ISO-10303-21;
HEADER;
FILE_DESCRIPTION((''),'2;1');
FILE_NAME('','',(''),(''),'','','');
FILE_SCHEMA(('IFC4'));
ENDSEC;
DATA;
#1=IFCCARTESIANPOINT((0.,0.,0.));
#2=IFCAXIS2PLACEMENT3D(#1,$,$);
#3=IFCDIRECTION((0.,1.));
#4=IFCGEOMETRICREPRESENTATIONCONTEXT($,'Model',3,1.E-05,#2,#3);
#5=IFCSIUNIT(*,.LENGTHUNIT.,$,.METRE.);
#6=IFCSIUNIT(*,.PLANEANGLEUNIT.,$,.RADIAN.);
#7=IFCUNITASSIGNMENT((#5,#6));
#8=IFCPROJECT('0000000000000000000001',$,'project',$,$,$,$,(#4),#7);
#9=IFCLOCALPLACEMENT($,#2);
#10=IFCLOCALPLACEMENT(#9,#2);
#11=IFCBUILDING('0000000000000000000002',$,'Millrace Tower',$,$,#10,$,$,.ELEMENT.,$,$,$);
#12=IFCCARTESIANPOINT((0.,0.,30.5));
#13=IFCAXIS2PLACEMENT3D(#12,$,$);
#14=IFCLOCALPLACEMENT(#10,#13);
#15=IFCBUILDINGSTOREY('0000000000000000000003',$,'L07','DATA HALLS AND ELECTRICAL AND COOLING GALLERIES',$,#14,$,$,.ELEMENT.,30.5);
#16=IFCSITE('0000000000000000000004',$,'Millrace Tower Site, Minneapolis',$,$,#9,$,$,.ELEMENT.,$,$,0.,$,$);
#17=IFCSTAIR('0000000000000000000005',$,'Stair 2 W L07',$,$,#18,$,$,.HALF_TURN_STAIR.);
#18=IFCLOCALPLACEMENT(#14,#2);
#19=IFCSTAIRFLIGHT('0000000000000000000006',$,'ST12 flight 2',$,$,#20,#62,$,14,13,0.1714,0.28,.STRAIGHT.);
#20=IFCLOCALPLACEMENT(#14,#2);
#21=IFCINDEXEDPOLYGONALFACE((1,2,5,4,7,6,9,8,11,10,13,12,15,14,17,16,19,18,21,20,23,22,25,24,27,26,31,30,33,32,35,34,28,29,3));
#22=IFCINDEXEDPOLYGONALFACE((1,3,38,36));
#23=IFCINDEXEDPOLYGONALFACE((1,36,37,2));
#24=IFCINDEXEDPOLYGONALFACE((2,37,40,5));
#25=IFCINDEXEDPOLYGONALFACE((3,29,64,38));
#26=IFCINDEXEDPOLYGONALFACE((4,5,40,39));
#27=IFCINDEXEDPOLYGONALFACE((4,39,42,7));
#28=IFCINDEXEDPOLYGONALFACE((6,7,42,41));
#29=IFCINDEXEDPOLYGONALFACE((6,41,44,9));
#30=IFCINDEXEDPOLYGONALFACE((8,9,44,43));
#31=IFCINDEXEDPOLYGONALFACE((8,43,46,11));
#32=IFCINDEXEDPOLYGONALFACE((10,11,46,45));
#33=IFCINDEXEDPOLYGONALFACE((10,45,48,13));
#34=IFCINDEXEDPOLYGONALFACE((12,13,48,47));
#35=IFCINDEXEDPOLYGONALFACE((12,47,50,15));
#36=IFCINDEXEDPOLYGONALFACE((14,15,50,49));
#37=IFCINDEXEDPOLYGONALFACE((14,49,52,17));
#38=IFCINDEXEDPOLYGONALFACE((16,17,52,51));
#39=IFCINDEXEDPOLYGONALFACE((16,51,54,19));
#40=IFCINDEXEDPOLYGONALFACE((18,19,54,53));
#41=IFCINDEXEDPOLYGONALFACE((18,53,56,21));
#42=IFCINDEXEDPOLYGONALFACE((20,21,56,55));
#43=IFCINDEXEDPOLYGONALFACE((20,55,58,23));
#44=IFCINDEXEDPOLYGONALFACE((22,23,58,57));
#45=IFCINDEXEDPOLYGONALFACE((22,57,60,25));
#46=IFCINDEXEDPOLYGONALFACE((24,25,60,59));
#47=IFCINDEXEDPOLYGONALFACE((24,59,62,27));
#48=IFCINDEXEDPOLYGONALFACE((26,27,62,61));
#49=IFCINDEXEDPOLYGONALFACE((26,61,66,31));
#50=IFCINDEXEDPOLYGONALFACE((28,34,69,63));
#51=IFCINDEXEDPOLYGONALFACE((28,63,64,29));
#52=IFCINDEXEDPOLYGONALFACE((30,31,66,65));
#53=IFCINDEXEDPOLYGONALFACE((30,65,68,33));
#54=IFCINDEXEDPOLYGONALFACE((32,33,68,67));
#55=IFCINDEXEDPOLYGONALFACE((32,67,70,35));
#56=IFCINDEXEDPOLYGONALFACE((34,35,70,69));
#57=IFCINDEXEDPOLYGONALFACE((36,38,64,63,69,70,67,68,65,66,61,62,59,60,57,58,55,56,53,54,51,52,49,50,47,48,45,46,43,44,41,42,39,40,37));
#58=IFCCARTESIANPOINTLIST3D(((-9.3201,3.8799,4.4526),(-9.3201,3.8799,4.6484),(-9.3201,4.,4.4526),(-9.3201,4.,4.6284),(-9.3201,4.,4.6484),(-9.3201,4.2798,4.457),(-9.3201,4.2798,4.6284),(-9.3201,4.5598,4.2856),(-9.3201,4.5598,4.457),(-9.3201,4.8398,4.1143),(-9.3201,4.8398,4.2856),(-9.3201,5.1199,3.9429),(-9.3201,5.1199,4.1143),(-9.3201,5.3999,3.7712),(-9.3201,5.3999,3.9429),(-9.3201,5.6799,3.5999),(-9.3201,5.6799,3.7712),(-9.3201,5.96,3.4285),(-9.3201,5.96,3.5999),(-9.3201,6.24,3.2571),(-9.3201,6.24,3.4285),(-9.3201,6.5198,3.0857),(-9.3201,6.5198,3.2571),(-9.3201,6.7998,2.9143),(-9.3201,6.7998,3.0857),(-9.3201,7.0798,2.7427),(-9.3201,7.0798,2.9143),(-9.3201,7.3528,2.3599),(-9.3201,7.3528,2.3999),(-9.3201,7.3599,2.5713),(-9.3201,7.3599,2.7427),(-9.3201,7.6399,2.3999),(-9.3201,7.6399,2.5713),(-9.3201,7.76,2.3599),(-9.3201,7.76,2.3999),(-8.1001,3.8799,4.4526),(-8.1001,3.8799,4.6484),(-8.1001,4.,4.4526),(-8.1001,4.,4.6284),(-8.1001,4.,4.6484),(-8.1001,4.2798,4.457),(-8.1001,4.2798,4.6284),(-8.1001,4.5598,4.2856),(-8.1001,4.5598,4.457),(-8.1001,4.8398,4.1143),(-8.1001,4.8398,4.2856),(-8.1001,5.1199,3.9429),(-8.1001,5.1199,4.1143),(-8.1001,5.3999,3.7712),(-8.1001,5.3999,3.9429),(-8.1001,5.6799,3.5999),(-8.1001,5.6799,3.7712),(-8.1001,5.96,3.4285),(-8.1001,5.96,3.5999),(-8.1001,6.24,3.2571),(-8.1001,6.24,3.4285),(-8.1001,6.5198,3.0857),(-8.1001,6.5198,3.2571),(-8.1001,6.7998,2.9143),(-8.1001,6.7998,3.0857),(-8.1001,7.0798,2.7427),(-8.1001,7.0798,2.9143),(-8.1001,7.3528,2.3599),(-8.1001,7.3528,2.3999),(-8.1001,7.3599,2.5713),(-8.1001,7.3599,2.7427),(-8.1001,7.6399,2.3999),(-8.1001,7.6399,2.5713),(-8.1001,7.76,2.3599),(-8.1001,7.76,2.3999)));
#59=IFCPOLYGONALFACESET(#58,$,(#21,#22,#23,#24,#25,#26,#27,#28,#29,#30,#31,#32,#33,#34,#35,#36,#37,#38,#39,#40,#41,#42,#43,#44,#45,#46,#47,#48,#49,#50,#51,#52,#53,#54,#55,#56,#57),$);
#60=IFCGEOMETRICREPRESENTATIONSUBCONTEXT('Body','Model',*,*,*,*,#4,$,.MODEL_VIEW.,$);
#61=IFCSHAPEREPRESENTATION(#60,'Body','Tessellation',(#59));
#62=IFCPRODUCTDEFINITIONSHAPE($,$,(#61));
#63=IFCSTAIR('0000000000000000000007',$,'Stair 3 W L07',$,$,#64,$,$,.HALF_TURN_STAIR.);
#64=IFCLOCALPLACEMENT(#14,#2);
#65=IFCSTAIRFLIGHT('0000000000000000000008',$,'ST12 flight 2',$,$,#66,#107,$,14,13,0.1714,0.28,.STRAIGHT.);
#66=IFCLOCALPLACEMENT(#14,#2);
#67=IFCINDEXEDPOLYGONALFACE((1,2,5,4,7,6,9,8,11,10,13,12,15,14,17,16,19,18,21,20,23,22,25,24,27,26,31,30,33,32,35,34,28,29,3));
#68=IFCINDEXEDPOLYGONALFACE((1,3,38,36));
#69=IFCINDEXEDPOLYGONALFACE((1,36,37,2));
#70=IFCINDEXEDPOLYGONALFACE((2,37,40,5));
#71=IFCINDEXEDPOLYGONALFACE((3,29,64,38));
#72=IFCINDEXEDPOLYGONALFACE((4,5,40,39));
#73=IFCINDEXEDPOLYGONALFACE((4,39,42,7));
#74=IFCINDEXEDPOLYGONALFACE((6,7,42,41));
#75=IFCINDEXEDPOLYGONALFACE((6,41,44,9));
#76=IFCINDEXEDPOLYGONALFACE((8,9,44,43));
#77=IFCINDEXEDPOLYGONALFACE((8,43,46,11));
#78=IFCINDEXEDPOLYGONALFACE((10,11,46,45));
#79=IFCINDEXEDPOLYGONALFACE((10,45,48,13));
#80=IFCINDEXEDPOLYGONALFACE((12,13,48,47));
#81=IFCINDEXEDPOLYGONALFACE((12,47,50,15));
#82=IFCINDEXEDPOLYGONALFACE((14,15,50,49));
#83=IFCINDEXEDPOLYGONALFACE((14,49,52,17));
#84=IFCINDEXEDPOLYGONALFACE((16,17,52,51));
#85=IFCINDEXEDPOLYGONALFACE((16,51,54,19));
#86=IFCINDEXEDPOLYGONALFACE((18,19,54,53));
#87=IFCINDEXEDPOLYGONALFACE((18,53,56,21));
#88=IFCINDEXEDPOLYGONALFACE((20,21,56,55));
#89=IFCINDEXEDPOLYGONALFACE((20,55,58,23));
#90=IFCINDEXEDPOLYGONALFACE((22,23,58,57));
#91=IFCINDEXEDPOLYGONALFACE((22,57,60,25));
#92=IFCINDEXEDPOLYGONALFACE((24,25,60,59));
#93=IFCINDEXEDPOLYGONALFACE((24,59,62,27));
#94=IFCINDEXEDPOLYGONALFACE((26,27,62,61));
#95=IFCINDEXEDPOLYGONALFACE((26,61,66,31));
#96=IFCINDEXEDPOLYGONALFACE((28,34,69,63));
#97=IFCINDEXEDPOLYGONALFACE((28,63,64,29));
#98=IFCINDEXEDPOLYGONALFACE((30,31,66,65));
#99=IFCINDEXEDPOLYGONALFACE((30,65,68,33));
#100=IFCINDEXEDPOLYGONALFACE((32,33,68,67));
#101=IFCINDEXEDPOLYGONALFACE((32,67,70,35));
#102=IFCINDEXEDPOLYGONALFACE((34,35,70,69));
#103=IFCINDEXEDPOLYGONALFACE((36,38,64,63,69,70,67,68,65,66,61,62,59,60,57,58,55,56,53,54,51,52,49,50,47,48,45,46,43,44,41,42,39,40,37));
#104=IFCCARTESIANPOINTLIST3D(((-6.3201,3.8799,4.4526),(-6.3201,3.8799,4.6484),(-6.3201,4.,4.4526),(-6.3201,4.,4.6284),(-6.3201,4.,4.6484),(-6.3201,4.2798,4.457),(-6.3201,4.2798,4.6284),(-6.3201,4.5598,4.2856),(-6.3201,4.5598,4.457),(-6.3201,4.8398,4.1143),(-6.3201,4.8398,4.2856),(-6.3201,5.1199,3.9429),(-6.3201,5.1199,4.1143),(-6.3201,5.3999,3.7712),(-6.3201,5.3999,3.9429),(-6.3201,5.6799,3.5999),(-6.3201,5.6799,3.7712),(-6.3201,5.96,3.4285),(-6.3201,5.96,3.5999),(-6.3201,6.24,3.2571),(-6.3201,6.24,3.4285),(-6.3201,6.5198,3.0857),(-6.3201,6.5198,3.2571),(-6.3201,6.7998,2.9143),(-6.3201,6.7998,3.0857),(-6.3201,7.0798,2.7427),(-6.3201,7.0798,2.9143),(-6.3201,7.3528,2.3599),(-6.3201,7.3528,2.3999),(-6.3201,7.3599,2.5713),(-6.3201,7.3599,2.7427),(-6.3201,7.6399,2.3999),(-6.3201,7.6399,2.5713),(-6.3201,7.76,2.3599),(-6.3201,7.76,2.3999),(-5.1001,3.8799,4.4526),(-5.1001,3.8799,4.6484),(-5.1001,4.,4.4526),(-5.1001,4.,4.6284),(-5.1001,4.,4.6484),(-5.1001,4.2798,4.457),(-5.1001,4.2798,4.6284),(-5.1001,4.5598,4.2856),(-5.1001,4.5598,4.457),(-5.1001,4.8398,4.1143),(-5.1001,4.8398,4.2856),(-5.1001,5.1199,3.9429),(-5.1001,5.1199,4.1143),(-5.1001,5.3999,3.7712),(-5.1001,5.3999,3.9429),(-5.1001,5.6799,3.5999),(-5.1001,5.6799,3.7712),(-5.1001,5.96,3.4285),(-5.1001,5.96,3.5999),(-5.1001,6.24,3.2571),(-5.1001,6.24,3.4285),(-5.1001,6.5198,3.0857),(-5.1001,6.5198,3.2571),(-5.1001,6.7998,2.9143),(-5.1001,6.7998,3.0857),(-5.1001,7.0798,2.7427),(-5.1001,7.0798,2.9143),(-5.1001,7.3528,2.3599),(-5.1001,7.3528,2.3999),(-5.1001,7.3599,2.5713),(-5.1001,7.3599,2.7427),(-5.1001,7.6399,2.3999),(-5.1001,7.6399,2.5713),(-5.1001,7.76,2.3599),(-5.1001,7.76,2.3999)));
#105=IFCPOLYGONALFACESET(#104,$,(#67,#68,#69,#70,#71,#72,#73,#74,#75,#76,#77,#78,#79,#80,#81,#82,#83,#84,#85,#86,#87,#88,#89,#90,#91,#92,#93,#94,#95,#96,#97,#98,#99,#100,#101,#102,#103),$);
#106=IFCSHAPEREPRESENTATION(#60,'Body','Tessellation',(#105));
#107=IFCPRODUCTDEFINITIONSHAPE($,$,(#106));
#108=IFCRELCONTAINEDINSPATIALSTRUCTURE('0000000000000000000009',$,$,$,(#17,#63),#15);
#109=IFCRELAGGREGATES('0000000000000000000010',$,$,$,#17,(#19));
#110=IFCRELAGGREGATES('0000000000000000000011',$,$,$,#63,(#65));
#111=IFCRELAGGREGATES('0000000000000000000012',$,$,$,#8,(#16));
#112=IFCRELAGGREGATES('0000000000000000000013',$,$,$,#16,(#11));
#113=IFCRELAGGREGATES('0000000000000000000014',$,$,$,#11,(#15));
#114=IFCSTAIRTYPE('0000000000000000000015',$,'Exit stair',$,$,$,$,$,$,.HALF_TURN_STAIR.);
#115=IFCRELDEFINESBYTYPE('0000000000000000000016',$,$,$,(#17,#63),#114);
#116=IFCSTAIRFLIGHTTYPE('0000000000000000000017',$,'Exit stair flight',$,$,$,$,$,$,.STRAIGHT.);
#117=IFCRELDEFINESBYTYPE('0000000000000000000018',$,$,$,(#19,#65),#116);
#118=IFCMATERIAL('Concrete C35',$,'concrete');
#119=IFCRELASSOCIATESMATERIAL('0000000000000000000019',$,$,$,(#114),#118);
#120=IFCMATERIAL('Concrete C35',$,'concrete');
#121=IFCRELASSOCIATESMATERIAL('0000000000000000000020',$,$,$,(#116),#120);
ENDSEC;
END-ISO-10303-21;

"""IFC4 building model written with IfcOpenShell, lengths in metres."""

from ifc_helpers import new_model, si_unit, direction, frame, origin, place, context, subcontext, project, spatial, polyline, outline, extrude, material, type_object, element, aggregate, save


model = new_model("IFC4")

# Units and contexts
model_context = context("Model", 3, precision=1e-05, world=origin(), true_north=direction((0.0, 1.0)))
body_context = subcontext(model_context, "Body", "Model", "MODEL_VIEW")
ifc_project = project(units=[si_unit("LENGTHUNIT", "METRE"), si_unit("PLANEANGLEUNIT", "RADIAN")], contexts=[model_context])

# Site, building, storey
site_placement = place(None, origin())
site = spatial("IfcSite", under=ifc_project, at=site_placement, Name="Millrace Tower Site, Minneapolis", CompositionType="ELEMENT", RefElevation=0.0)
building_placement = place(site_placement, origin())
building = spatial("IfcBuilding", under=site, at=building_placement, Name="Millrace Tower", CompositionType="ELEMENT")
storey_placement = place(building_placement, frame((0.0, 0.0, 30.5)))
storey = spatial("IfcBuildingStorey", under=building, at=storey_placement, Name="L07", Description="DATA HALLS AND ELECTRICAL AND COOLING GALLERIES", CompositionType="ELEMENT", Elevation=30.5)

# Shared definitions
placement = place(storey_placement, origin())

# Stairs, stair flights
ifc_material_1 = material(Name="Concrete C35", Category="concrete")
stair_type = type_object("IfcStairType", Name="Exit stair", PredefinedType="HALF_TURN_STAIR", material=ifc_material_1)
ifc_material_2 = material(Name="Concrete C35", Category="concrete")
stair_flight_type = type_object("IfcStairFlightType", Name="Exit stair flight", PredefinedType="STRAIGHT", material=ifc_material_2)
stair_1 = element("IfcStair", 1, at=placement, inside=storey, type_object=stair_type, Name="Stair 2 W L07", PredefinedType="HALF_TURN_STAIR")
stair_flight_1_placement = place(storey_placement, frame((-8.71, 7.6399, 2.3999), z_axis=(0.0, 0.0, 1.0), x_axis=(0.0, -1.0, 0.0)))
stair_flight_1 = element("IfcStairFlight", 2, at=stair_flight_1_placement, type_object=stair_flight_type, Name="ST12 flight 2", NumberOfRisers=14, NumberOfTreads=13, PredefinedType="STRAIGHT", RiserHeight=0.1714, TreadLength=0.28, context=body_context, shape_type="SweptSolid", body=[
    extrude(outline(polyline([(-0.1201, -0.04), (-0.1201, 0.0), (0.0, 0.0), (0.0, 0.1714), (0.28, 0.1714), (0.28, 0.3428), (0.5601, 0.3428), (0.5601, 0.5144), (0.8401, 0.5144), (0.8401, 0.6858), (1.1201, 0.6858), (1.1201, 0.8572), (1.3999, 0.8572), (1.3999, 1.0286), (1.6799, 1.0286), (1.6799, 1.2), (1.96, 1.2), (1.96, 1.3713), (2.24, 1.3713), (2.24, 1.543), (2.52, 1.543), (2.52, 1.7144), (2.8, 1.7144), (2.8, 1.8857), (3.0801, 1.8857), (3.0801, 2.0571), (3.3601, 2.0571), (3.3601, 2.2285), (3.6399, 2.2285), (3.6399, 2.2485), (3.76, 2.2485), (3.76, 2.0527), (3.6399, 2.0527), (0.2871, 0.0), (0.2871, -0.04), (-0.1201, -0.04)])), frame((0.0, 0.6099, 0.0), z_axis=(0.0, -1.0, 0.0), x_axis=(1.0, 0.0, 0.0)), (0.0, 0.0, 1.0), 1.22),
])
aggregate(stair_1, [stair_flight_1])
stair_2 = element("IfcStair", 3, at=placement, inside=storey, type_object=stair_type, Name="Stair 3 W L07", PredefinedType="HALF_TURN_STAIR")
stair_flight_2_placement = place(storey_placement, frame((-5.71, 7.6399, 2.3999), z_axis=(0.0, 0.0, 1.0), x_axis=(0.0, -1.0, 0.0)))
stair_flight_2 = element("IfcStairFlight", 4, at=stair_flight_2_placement, type_object=stair_flight_type, Name="ST12 flight 2", NumberOfRisers=14, NumberOfTreads=13, PredefinedType="STRAIGHT", RiserHeight=0.1714, TreadLength=0.28, context=body_context, shape_type="SweptSolid", body=[
    extrude(outline(polyline([(-0.1201, -0.04), (-0.1201, 0.0), (0.0, 0.0), (0.0, 0.1714), (0.28, 0.1714), (0.28, 0.3428), (0.5601, 0.3428), (0.5601, 0.5144), (0.8401, 0.5144), (0.8401, 0.6858), (1.1201, 0.6858), (1.1201, 0.8572), (1.3999, 0.8572), (1.3999, 1.0286), (1.6799, 1.0286), (1.6799, 1.2), (1.96, 1.2), (1.96, 1.3713), (2.24, 1.3713), (2.24, 1.543), (2.52, 1.543), (2.52, 1.7144), (2.8, 1.7144), (2.8, 1.8857), (3.0801, 1.8857), (3.0801, 2.0571), (3.3601, 2.0571), (3.3601, 2.2285), (3.6399, 2.2285), (3.6399, 2.2485), (3.76, 2.2485), (3.76, 2.0527), (3.6399, 2.0527), (0.2871, 0.0), (0.2871, -0.04), (-0.1201, -0.04)])), frame((0.0, 0.6099, 0.0), z_axis=(0.0, -1.0, 0.0), x_axis=(1.0, 0.0, 0.0)), (0.0, 0.0, 1.0), 1.22),
])
aggregate(stair_2, [stair_flight_2])

save(model, "model.ifc")
